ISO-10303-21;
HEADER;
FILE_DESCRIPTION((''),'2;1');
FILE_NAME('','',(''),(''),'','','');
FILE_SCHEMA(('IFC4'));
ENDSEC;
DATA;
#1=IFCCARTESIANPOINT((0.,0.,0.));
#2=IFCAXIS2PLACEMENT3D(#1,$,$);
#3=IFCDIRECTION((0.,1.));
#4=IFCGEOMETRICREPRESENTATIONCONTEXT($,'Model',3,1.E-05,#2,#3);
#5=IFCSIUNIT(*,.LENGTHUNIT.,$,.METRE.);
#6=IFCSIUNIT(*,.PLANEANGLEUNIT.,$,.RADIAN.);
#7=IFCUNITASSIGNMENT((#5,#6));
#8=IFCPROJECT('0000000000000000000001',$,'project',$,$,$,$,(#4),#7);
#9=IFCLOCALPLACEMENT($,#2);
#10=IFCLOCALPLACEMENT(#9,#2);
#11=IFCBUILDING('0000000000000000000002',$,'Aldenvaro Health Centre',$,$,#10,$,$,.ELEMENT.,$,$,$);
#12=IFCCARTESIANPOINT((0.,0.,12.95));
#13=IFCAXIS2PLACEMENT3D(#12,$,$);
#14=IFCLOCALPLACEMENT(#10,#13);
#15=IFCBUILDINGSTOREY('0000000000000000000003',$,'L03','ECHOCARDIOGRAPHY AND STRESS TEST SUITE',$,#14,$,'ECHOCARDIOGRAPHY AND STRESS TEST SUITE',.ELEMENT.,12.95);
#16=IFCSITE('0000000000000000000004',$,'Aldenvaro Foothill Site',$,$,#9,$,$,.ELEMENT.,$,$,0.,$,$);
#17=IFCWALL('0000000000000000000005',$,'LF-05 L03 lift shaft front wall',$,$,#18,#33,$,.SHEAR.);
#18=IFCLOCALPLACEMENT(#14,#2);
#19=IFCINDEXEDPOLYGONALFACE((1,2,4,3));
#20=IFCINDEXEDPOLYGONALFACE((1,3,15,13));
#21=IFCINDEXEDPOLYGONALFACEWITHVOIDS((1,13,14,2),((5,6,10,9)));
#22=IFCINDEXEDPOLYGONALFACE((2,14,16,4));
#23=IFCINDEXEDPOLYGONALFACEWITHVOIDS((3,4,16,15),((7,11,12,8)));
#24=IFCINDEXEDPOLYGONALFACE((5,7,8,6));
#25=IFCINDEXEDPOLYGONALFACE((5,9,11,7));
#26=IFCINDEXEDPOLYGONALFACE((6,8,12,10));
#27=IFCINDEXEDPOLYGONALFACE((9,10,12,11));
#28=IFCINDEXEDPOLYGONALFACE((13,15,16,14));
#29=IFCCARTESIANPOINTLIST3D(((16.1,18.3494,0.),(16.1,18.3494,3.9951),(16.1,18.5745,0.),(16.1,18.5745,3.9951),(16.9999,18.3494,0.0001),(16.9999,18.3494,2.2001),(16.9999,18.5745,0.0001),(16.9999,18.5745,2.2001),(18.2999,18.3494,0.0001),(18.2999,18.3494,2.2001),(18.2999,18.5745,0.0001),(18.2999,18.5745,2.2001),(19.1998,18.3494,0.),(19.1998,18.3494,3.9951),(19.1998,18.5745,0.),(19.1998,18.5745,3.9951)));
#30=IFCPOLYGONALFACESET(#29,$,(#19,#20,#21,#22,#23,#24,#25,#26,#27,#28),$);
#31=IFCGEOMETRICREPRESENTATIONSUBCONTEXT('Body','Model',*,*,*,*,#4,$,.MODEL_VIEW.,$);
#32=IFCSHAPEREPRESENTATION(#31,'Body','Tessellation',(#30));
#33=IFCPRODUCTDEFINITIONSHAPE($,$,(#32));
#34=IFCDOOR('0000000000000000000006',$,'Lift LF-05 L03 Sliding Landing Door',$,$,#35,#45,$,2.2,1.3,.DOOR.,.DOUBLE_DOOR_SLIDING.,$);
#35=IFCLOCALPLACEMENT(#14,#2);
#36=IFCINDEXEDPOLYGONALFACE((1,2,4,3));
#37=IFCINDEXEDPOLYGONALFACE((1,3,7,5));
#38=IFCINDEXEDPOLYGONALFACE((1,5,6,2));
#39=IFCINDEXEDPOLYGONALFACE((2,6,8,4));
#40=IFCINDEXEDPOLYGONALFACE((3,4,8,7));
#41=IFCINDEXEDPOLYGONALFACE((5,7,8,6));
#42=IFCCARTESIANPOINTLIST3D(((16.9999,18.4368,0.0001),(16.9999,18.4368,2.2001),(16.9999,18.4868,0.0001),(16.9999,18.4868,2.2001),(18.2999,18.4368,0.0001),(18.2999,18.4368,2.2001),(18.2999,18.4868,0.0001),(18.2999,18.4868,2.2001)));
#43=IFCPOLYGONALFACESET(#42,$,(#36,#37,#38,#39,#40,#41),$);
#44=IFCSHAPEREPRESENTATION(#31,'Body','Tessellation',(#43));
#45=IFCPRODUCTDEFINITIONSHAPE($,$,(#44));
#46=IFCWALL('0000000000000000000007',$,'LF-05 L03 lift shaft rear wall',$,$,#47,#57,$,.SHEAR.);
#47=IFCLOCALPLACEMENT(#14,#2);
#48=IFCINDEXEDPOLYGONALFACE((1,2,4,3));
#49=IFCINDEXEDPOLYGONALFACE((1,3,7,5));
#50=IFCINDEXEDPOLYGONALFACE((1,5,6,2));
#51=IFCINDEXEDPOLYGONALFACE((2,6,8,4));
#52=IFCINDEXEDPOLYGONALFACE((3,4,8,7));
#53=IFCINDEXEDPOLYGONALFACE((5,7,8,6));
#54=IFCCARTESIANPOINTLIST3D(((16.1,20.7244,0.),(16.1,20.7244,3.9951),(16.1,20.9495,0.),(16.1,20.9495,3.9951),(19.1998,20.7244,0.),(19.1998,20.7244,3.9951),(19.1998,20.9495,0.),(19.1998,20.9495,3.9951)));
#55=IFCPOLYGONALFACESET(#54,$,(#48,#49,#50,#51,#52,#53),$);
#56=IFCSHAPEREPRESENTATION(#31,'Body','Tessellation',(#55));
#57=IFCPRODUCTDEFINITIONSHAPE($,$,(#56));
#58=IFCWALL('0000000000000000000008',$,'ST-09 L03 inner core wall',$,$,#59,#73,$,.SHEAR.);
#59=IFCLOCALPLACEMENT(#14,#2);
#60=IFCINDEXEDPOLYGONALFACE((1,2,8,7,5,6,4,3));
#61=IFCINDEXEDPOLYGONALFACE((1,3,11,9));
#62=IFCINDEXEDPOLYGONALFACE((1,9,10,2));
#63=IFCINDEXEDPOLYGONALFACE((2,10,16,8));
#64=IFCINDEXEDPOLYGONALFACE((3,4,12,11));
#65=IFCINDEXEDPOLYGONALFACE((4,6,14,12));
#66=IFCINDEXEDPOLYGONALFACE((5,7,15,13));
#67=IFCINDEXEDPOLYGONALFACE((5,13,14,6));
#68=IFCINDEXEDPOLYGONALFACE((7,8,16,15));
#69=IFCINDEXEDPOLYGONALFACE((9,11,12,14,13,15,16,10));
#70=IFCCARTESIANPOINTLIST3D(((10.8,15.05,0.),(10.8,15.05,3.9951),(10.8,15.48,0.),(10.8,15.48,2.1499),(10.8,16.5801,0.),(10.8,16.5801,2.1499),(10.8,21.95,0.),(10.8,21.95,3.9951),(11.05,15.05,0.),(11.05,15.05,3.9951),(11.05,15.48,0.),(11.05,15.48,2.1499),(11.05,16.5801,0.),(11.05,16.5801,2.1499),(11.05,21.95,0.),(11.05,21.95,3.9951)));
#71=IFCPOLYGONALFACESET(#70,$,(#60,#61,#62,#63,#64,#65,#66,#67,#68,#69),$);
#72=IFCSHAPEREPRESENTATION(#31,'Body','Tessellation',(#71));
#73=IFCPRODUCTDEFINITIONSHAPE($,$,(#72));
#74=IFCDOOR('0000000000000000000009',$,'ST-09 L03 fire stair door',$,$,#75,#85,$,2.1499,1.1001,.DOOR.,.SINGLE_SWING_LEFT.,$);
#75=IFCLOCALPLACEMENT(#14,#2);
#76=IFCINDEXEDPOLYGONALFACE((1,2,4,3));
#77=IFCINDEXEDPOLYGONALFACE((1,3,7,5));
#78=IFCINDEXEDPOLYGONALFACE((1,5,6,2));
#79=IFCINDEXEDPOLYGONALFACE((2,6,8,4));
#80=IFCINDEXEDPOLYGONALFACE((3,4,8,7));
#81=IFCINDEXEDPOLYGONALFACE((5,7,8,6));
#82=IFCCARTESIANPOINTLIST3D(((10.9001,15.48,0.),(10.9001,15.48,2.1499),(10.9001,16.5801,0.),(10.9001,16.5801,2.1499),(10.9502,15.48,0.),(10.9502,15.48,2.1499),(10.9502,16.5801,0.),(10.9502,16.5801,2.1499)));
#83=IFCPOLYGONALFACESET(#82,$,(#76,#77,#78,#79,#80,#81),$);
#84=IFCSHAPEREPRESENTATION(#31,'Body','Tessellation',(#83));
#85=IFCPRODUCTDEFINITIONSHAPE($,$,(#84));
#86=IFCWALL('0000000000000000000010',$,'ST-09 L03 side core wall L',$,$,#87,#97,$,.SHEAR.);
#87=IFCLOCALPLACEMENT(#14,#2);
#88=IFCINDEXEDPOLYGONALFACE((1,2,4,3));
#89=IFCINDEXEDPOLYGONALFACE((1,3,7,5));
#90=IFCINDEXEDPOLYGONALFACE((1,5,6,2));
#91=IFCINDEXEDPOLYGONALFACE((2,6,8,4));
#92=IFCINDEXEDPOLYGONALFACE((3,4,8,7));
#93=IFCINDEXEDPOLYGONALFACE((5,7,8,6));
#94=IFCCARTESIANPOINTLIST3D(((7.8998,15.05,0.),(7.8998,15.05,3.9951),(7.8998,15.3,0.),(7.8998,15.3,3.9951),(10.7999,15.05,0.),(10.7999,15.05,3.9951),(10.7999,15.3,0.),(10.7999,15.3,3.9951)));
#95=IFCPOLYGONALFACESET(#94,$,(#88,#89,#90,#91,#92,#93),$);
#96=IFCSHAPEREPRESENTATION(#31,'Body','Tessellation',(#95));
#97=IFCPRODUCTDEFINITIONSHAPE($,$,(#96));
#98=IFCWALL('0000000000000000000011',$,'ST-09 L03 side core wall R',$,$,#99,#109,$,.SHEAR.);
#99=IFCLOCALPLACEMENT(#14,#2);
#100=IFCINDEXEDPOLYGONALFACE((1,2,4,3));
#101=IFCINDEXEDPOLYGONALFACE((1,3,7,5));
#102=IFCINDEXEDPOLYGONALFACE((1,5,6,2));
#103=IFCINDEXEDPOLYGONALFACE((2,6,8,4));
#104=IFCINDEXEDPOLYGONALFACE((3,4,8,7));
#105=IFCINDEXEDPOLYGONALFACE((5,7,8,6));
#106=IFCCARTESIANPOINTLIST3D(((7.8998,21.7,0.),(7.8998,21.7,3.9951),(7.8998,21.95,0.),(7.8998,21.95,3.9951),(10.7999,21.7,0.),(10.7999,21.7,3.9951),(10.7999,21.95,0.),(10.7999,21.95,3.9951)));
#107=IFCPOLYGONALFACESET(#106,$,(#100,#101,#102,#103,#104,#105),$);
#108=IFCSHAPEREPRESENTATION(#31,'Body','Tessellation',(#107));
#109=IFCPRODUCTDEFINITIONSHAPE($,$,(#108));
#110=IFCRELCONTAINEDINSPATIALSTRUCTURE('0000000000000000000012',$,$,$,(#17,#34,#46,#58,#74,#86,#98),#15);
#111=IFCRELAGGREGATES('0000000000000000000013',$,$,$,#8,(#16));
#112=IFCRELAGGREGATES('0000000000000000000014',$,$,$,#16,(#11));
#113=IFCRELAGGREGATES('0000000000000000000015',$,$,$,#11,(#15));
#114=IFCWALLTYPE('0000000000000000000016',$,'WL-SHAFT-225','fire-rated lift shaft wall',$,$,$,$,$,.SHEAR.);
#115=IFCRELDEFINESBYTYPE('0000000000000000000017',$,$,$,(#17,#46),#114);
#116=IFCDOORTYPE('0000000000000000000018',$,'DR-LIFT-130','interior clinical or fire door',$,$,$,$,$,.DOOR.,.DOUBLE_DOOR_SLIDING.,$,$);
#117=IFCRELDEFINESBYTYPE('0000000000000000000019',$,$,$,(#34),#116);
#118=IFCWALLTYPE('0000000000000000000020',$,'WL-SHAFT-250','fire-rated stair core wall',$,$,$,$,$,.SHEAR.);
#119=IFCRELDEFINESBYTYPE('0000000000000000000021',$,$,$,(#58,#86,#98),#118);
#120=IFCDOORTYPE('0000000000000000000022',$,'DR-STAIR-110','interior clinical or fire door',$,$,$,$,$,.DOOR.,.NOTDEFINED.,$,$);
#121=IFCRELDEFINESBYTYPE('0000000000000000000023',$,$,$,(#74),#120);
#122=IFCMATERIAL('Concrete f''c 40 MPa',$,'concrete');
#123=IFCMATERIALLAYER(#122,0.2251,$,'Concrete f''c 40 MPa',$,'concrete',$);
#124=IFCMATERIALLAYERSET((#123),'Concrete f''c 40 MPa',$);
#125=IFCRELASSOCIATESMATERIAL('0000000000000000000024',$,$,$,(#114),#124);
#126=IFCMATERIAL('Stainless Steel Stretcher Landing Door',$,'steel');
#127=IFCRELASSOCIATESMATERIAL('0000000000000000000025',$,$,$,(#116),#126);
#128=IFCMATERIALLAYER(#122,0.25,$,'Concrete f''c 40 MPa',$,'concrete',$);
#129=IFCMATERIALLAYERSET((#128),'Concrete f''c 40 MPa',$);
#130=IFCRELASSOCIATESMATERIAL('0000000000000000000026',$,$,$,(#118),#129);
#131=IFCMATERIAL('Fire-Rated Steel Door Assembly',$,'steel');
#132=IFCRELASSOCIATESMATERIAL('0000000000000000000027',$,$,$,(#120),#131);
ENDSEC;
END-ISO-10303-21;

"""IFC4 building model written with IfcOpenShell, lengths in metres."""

from ifc_helpers import new_model, si_unit, direction, frame, frame_2d, origin, place, context, subcontext, project, spatial, rectangle, extrude, material, layer, layer_set, type_object, element, fill, save


model = new_model("IFC4")

# Units and contexts
model_context = context("Model", 3, precision=1e-05, world=origin(), true_north=direction((0.0, 1.0)))
body_context = subcontext(model_context, "Body", "Model", "MODEL_VIEW")
ifc_project = project(units=[si_unit("LENGTHUNIT", "METRE"), si_unit("PLANEANGLEUNIT", "RADIAN")], contexts=[model_context])

# Site, building, storey
site_placement = place(None, origin())
site = spatial("IfcSite", under=ifc_project, at=site_placement, Name="Aldenvaro Foothill Site", CompositionType="ELEMENT", RefElevation=0.0)
building_placement = place(site_placement, origin())
building = spatial("IfcBuilding", under=site, at=building_placement, Name="Aldenvaro Health Centre", CompositionType="ELEMENT")
storey_placement = place(building_placement, frame((0.0, 0.0, 12.95)))
storey = spatial("IfcBuildingStorey", under=building, at=storey_placement, Name="L03", Description="ECHOCARDIOGRAPHY AND STRESS TEST SUITE", LongName="ECHOCARDIOGRAPHY AND STRESS TEST SUITE", CompositionType="ELEMENT", Elevation=12.95)

# Wall, opening, door
ifc_material_1 = material(Name="Concrete f'c 40 MPa", Category="concrete")
ifc_layer_1 = layer(ifc_material_1, 0.2251, Name="Concrete f'c 40 MPa", Category="concrete")
ifc_layer_set_1 = layer_set([ifc_layer_1], Name="Concrete f'c 40 MPa")
wall_type_1 = type_object("IfcWallType", Name="WL-SHAFT-225", Description="fire-rated lift shaft wall", PredefinedType="SHEAR", material=ifc_layer_set_1)
wall_1_placement = place(storey_placement, frame((16.1001, 18.4619, 0.0), z_axis=(0.0, 0.0, 1.0), x_axis=(1.0, 0.0, 0.0)))
wall_1 = element("IfcWall", 1, at=wall_1_placement, inside=storey, type_object=wall_type_1, Name="LF-05 L03 lift shaft front wall", PredefinedType="SHEAR", context=body_context, shape_type="SweptSolid", body=[
    extrude(rectangle(XDim=3.0999, YDim=0.2251, at=frame_2d((1.5498, 0.0))), origin(), (0.0, 0.0, 1.0), 3.9951),
])
opening_1_placement = place(wall_1_placement, frame((0.8999, 0.0, 0.0)))
opening_1 = element("IfcOpeningElement", 2, at=opening_1_placement, cuts=wall_1, PredefinedType="OPENING", context=body_context, shape_type="SweptSolid", body=[
    extrude(rectangle(XDim=1.3, YDim=2.2, at=frame_2d((0.6499, 1.1001))), frame((0.0, 0.1226, 0.0), z_axis=(0.0, -1.0, 0.0), x_axis=(1.0, 0.0, 0.0)), (0.0, 0.0, 1.0), 0.2451),
])
ifc_material_2 = material(Name="Stainless Steel Stretcher Landing Door", Category="steel")
door_type_1 = type_object("IfcDoorType", Name="DR-LIFT-130", Description="interior clinical or fire door", OperationType="DOUBLE_DOOR_SLIDING", PredefinedType="DOOR", material=ifc_material_2)
door_1_placement = place(opening_1_placement, origin())
door_1 = element("IfcDoor", 3, at=door_1_placement, inside=storey, type_object=door_type_1, Name="Lift LF-05 L03 Sliding Landing Door", OperationType="DOUBLE_DOOR_SLIDING", OverallHeight=2.2, OverallWidth=1.3, PredefinedType="DOOR", context=body_context, shape_type="SweptSolid", body=[
    extrude(rectangle(XDim=1.3, YDim=2.2, at=frame_2d((0.6499, 1.1001))), frame((0.0, 0.0249, 0.0), z_axis=(0.0, -1.0, 0.0), x_axis=(1.0, 0.0, 0.0)), (0.0, 0.0, 1.0), 0.05),
])
fill(opening_1, door_1)

# Wall
wall_2_placement = place(storey_placement, frame((16.1001, 20.8369, 0.0), z_axis=(0.0, 0.0, 1.0), x_axis=(1.0, 0.0, 0.0)))
element("IfcWall", 4, at=wall_2_placement, inside=storey, type_object=wall_type_1, Name="LF-05 L03 lift shaft rear wall", PredefinedType="SHEAR", context=body_context, shape_type="SweptSolid", body=[
    extrude(rectangle(XDim=3.0999, YDim=0.2251, at=frame_2d((1.5498, 0.0))), origin(), (0.0, 0.0, 1.0), 3.9951),
])

# Wall, opening, door
ifc_layer_2 = layer(ifc_material_1, 0.25, Name="Concrete f'c 40 MPa", Category="concrete")
ifc_layer_set_2 = layer_set([ifc_layer_2], Name="Concrete f'c 40 MPa")
wall_type_2 = type_object("IfcWallType", Name="WL-SHAFT-250", Description="fire-rated stair core wall", PredefinedType="SHEAR", material=ifc_layer_set_2)
wall_3_placement = place(storey_placement, frame((10.925, 15.05, 0.0), z_axis=(0.0, 0.0, 1.0), x_axis=(0.0, 1.0, 0.0)))
wall_3 = element("IfcWall", 5, at=wall_3_placement, inside=storey, type_object=wall_type_2, Name="ST-09 L03 inner core wall", PredefinedType="SHEAR", context=body_context, shape_type="SweptSolid", body=[
    extrude(rectangle(XDim=6.8999, YDim=0.25, at=frame_2d((3.45, 0.0))), origin(), (0.0, 0.0, 1.0), 3.9951),
])
opening_2_placement = place(wall_3_placement, frame((0.4299, 0.0, 0.0)))
opening_2 = element("IfcOpeningElement", 6, at=opening_2_placement, cuts=wall_3, PredefinedType="OPENING", context=body_context, shape_type="SweptSolid", body=[
    extrude(rectangle(XDim=1.1001, YDim=2.1499, at=frame_2d((0.55, 1.075))), frame((0.0, 0.135, 0.0), z_axis=(0.0, -1.0, 0.0), x_axis=(1.0, 0.0, 0.0)), (0.0, 0.0, 1.0), 0.27),
])
ifc_material_3 = material(Name="Fire-Rated Steel Door Assembly", Category="steel")
door_type_2 = type_object("IfcDoorType", Name="DR-STAIR-110", Description="interior clinical or fire door", OperationType="NOTDEFINED", PredefinedType="DOOR", material=ifc_material_3)
door_2_placement = place(opening_2_placement, origin())
door_2 = element("IfcDoor", 7, at=door_2_placement, inside=storey, type_object=door_type_2, Name="ST-09 L03 fire stair door", OperationType="SINGLE_SWING_LEFT", OverallHeight=2.1499, OverallWidth=1.1001, PredefinedType="DOOR", context=body_context, shape_type="SweptSolid", body=[
    extrude(rectangle(XDim=1.1001, YDim=2.1499, at=frame_2d((0.55, 1.075))), frame((0.0, 0.0249, 0.0), z_axis=(0.0, -1.0, 0.0), x_axis=(1.0, 0.0, 0.0)), (0.0, 0.0, 1.0), 0.05),
])
fill(opening_2, door_2)

# Walls
for number, where, z_axis, x_axis, name in (
    (8, (10.8, 15.175, 0.0), (0.0, 0.0, 1.0), (-1.0, 0.0, 0.0), "ST-09 L03 side core wall L"),
    (9, (10.8, 21.825, 0.0), (0.0, 0.0, 1.0), (-1.0, 0.0, 0.0), "ST-09 L03 side core wall R"),
):
    element("IfcWall", number, at=place(storey_placement, frame(where, z_axis=z_axis, x_axis=x_axis)), inside=storey, type_object=wall_type_2, Name=name, PredefinedType="SHEAR", context=body_context, shape_type="SweptSolid", body=[
        extrude(rectangle(XDim=2.9001, YDim=0.25, at=frame_2d((1.4502, 0.0))), origin(), (0.0, 0.0, 1.0), 3.9951),
    ])

save(model, "model.ifc")
